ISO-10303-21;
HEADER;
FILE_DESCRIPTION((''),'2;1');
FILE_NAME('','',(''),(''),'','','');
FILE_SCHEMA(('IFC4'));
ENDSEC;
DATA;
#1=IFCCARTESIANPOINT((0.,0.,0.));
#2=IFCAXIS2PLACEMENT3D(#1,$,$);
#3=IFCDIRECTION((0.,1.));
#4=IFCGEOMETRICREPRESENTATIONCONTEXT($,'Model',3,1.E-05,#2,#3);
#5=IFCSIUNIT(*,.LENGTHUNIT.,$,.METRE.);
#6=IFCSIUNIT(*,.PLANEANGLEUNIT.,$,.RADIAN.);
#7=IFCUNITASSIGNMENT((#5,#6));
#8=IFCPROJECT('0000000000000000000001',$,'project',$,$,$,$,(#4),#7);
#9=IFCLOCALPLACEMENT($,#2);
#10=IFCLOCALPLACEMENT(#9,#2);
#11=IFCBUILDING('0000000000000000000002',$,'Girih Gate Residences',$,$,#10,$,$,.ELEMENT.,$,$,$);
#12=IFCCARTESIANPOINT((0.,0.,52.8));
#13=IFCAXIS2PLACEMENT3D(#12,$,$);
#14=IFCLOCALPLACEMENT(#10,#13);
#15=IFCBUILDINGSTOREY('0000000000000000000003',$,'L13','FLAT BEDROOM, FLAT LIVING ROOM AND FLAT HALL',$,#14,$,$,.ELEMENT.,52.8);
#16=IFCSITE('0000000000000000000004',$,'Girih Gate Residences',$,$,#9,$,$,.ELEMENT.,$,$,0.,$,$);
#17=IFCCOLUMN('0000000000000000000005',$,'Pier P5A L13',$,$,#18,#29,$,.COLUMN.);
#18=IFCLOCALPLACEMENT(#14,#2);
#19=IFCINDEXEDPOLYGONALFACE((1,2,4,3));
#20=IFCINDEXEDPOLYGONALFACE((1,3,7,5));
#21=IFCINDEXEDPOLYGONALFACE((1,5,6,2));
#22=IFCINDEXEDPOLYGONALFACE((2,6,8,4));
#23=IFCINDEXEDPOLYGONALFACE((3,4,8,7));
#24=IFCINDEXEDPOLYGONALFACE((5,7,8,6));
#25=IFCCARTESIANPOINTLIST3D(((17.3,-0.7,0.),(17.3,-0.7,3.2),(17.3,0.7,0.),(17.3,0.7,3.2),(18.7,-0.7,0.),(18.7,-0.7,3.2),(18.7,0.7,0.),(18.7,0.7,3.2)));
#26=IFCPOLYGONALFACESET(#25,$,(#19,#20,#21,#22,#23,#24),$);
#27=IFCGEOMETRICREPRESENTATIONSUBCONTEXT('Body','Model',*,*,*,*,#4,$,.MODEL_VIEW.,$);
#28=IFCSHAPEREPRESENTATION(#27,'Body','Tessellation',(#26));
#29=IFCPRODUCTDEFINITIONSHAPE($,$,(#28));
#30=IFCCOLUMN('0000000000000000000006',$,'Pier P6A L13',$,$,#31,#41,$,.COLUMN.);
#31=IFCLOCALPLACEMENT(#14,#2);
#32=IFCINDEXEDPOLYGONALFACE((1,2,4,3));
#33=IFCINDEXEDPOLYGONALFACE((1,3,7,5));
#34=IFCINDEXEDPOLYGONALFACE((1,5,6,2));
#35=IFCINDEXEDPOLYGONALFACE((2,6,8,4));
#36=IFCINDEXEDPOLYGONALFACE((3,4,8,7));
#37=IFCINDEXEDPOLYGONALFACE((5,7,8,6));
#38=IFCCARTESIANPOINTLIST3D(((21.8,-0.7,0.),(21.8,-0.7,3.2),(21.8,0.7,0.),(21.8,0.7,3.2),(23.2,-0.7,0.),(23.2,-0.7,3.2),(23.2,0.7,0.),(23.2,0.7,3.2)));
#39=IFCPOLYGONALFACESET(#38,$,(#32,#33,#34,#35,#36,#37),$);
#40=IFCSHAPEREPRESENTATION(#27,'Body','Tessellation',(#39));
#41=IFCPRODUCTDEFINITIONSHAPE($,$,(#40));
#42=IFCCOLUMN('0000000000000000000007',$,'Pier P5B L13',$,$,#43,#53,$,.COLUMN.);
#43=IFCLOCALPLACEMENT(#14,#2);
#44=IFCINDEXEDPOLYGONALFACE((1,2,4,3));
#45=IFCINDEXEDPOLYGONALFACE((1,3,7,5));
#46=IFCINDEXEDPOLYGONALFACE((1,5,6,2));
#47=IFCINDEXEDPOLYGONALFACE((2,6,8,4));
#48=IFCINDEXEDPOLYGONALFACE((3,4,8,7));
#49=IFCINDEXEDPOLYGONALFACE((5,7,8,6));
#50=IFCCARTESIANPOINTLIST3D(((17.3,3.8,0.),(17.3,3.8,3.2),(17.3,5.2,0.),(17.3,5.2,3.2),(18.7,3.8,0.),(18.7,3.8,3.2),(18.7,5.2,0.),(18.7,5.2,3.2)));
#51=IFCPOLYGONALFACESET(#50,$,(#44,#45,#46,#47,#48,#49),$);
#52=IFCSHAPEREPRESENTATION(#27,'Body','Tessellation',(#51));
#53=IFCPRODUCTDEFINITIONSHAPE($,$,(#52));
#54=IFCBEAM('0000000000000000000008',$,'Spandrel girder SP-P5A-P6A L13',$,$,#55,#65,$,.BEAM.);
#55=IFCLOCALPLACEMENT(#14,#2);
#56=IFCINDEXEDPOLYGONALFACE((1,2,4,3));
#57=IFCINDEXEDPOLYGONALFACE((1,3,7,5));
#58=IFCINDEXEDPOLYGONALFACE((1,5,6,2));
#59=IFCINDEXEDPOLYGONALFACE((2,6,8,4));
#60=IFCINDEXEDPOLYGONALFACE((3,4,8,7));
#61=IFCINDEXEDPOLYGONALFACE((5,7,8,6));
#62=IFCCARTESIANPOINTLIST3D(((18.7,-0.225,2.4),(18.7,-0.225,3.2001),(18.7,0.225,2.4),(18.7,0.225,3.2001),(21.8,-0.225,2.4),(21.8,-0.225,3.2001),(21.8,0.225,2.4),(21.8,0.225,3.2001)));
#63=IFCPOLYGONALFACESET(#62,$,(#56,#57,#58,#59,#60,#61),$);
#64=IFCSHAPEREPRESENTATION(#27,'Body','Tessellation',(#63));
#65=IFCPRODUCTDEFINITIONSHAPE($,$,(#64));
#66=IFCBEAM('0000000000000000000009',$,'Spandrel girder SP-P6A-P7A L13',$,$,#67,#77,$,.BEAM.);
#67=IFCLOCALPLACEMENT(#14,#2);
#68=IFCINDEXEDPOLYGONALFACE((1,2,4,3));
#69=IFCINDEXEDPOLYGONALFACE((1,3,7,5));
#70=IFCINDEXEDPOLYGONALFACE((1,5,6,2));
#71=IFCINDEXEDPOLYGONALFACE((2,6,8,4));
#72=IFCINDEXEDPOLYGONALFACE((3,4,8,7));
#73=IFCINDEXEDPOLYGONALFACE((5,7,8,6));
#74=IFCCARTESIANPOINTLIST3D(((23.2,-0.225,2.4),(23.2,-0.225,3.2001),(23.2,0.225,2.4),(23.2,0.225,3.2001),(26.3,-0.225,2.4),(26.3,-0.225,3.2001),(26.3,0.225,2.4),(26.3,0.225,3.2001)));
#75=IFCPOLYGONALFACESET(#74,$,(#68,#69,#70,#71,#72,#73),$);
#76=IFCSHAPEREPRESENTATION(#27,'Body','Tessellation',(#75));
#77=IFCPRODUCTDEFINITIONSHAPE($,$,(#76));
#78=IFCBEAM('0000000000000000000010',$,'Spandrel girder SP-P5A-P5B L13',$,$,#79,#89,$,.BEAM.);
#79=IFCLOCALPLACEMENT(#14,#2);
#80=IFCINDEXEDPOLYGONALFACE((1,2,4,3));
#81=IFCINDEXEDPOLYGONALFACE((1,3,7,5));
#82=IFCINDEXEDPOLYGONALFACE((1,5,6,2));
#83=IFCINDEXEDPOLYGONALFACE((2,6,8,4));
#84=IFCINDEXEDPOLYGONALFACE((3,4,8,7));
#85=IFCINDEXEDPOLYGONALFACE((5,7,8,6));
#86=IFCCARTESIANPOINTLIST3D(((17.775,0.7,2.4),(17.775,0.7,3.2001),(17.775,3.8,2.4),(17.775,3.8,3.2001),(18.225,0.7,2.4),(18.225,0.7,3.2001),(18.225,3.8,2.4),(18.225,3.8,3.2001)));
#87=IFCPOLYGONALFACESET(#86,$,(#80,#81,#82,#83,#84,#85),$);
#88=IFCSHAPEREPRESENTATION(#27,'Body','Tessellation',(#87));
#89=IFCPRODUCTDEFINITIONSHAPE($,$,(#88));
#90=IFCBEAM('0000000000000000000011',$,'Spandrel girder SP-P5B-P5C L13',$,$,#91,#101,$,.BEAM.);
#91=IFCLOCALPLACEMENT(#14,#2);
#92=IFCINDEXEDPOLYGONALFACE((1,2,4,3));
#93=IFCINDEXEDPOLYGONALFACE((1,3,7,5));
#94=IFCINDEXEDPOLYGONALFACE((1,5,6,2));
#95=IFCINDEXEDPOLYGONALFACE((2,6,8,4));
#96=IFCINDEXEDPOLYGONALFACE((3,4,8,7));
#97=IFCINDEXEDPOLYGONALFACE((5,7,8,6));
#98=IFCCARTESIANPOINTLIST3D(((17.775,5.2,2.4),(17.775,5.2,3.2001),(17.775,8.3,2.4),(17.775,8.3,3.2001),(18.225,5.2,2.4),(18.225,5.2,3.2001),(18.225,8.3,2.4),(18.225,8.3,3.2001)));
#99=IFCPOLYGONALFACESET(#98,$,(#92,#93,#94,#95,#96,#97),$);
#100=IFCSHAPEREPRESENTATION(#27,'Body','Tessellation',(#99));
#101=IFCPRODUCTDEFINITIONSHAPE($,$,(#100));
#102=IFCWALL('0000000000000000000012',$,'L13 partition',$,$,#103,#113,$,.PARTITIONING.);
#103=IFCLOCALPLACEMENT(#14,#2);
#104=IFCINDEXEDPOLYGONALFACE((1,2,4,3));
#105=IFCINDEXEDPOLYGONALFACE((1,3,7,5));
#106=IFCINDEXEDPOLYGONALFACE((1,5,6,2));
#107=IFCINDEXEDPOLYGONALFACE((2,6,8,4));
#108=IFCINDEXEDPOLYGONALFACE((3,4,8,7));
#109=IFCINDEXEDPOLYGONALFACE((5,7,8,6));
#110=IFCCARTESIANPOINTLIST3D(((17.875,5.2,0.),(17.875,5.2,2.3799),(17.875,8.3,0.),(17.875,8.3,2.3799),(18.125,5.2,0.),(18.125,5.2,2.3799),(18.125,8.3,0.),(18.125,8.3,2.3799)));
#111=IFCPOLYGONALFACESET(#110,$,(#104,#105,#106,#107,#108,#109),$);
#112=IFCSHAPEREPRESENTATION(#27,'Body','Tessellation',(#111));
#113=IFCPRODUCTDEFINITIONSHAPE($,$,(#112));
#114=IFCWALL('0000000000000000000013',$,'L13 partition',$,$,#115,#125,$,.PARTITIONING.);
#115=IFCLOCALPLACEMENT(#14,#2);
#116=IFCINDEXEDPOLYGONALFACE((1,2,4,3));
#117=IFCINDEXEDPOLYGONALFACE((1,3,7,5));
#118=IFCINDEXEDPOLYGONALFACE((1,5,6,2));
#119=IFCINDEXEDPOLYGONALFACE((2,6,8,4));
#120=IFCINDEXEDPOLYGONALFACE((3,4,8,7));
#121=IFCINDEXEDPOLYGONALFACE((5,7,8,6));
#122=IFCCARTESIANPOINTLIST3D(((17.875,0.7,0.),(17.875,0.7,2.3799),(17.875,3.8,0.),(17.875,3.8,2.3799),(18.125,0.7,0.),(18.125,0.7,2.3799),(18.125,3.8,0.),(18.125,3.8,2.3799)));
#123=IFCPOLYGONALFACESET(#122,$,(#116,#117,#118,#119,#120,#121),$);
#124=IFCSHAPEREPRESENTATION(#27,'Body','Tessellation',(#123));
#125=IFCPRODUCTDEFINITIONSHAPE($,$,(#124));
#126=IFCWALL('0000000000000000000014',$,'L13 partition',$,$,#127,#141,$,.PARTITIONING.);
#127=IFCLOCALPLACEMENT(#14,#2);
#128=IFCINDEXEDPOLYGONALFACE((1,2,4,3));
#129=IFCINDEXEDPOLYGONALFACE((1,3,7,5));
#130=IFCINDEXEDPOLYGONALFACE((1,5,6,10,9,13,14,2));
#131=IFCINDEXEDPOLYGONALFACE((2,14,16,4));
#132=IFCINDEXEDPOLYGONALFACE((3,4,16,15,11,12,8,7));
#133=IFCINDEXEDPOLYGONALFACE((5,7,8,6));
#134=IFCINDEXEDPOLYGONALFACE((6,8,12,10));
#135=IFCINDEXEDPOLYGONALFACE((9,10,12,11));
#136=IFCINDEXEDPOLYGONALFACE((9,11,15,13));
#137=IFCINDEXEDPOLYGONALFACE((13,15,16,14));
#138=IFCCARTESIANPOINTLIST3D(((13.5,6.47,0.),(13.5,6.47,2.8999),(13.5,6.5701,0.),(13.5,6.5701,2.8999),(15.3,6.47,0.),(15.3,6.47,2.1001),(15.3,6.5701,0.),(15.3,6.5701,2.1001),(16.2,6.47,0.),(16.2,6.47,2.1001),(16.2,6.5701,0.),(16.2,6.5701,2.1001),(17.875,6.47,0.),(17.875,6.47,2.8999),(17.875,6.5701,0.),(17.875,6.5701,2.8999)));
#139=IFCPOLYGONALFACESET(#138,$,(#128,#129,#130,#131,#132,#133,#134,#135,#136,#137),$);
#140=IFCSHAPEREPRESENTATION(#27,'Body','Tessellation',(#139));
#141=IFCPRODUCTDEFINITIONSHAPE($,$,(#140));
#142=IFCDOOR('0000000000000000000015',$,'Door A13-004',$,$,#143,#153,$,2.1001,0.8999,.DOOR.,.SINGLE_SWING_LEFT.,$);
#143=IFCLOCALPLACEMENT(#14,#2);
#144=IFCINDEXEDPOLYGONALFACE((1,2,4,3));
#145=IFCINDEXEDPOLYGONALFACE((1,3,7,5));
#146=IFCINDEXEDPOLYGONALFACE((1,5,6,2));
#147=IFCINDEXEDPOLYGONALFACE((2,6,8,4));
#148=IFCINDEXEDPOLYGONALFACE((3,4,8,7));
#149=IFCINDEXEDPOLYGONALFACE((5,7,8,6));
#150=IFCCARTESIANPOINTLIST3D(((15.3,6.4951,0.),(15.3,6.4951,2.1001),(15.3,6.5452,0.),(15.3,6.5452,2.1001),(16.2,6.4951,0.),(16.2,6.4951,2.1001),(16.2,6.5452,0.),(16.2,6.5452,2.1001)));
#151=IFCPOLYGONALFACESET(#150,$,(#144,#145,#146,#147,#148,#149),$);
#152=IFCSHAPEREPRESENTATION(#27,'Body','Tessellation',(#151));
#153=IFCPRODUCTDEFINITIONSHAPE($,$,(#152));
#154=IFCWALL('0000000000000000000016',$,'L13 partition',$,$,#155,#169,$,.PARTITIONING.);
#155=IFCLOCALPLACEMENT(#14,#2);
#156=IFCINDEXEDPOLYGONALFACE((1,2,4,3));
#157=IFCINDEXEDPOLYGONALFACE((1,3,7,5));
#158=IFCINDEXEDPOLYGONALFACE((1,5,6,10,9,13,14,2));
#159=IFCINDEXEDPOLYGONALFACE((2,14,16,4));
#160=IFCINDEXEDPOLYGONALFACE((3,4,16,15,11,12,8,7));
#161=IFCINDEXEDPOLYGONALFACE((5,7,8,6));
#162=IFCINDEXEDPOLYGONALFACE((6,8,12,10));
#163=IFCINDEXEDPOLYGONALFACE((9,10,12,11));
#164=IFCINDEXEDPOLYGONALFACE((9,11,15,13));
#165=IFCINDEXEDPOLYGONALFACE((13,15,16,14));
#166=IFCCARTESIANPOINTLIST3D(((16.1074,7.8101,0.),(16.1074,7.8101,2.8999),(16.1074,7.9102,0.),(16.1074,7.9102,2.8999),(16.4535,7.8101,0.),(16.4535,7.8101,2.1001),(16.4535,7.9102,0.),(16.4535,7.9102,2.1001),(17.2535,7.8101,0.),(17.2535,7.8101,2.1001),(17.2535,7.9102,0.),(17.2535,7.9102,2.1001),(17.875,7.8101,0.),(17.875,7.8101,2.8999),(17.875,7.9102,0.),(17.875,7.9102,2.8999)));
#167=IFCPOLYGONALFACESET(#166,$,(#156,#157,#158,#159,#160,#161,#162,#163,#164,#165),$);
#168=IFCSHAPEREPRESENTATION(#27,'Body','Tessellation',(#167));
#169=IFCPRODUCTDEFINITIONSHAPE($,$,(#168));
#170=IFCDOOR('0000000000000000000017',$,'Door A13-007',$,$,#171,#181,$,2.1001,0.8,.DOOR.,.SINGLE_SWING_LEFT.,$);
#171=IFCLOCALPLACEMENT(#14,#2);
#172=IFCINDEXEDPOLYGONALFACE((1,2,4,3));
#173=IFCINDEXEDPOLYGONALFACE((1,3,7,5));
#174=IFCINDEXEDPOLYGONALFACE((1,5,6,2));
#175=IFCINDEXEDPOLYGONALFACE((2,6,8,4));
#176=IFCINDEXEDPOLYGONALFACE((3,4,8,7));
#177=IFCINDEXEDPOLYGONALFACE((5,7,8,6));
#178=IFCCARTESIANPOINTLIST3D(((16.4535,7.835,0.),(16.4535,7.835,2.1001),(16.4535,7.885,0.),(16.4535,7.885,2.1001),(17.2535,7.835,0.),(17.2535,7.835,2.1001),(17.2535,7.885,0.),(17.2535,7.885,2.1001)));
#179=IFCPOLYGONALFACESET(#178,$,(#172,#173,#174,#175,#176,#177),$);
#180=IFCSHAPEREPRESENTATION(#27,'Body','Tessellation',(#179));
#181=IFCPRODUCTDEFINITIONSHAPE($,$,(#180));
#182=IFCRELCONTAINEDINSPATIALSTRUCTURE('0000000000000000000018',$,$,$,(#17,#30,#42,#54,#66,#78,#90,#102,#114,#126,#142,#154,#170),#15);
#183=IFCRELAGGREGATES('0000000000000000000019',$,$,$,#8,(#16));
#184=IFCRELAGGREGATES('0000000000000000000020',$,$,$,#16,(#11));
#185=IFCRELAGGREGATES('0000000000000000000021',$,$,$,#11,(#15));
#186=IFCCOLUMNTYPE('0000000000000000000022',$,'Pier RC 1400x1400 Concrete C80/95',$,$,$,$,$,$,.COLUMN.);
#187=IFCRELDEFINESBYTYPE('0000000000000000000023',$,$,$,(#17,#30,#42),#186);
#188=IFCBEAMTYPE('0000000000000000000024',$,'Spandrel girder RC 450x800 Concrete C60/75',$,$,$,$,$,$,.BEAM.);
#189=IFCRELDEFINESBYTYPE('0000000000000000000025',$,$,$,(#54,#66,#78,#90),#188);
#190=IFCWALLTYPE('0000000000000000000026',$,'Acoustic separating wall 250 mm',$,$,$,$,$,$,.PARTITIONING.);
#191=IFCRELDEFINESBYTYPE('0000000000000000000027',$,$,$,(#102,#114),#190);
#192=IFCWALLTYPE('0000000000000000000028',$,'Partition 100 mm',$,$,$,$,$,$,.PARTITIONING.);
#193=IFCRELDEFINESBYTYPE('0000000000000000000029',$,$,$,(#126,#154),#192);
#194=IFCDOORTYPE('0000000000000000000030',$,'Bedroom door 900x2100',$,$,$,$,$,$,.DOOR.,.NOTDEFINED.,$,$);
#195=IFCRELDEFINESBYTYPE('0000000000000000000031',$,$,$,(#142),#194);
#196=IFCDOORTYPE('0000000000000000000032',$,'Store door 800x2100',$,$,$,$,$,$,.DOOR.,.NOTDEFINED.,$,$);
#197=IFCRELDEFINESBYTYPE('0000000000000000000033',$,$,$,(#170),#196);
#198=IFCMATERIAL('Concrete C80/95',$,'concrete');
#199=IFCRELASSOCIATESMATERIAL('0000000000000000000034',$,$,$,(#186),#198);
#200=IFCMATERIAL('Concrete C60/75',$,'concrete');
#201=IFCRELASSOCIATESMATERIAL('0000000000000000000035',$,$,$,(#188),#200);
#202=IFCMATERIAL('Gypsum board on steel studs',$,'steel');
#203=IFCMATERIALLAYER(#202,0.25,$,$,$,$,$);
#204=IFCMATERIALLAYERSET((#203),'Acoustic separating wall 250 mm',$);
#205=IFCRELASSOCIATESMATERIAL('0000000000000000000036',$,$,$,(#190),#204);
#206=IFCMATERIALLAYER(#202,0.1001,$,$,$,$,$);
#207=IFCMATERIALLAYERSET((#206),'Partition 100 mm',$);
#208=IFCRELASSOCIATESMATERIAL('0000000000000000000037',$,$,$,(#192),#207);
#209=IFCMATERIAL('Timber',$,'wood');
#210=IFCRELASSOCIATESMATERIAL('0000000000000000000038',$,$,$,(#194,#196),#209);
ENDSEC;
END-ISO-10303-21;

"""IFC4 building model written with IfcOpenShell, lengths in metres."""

from ifc_helpers import new_model, si_unit, direction, frame, frame_2d, origin, origin_2d, place, context, subcontext, project, spatial, rectangle, extrude, material, layer, layer_set, material_profile, profile_set, type_object, element, fill, save


model = new_model("IFC4")

# Units and contexts
model_context = context("Model", 3, precision=1e-05, world=origin(), true_north=direction((0.0, 1.0)))
body_context = subcontext(model_context, "Body", "Model", "MODEL_VIEW")
ifc_project = project(units=[si_unit("LENGTHUNIT", "METRE"), si_unit("PLANEANGLEUNIT", "RADIAN")], contexts=[model_context])

# Site, building, storey
site_placement = place(None, origin())
site = spatial("IfcSite", under=ifc_project, at=site_placement, Name="Girih Gate Residences", CompositionType="ELEMENT", RefElevation=0.0)
building_placement = place(site_placement, origin())
building = spatial("IfcBuilding", under=site, at=building_placement, Name="Girih Gate Residences", CompositionType="ELEMENT")
storey_placement = place(building_placement, frame((0.0, 0.0, 52.8)))
storey = spatial("IfcBuildingStorey", under=building, at=storey_placement, Name="L13", Description="FLAT BEDROOM, FLAT LIVING ROOM AND FLAT HALL", CompositionType="ELEMENT", Elevation=52.8)

# Columns
ifc_material_1 = material(Name="Concrete C80/95", Category="concrete")
ifc_material_profile_1 = material_profile(ifc_material_1, rectangle(XDim=1.3999, YDim=1.3999, at=origin_2d()))
ifc_profile_set_1 = profile_set([ifc_material_profile_1], Name="Concrete C80/95")
column_type = type_object("IfcColumnType", Name="Pier RC 1400x1400 Concrete C80/95", PredefinedType="COLUMN", material=ifc_profile_set_1)
for number, where, z_axis, x_axis, name in (
    (1, (18.0, 0.0, 0.0), (0.0, 0.0, 1.0), (1.0, 0.0, 0.0), "Pier P5A L13"),
    (2, (22.5, 0.0, 0.0), (0.0, 0.0, 1.0), (1.0, 0.0, 0.0), "Pier P6A L13"),
    (3, (18.0, 4.5, 0.0), (0.0, 0.0, 1.0), (1.0, 0.0, 0.0), "Pier P5B L13"),
):
    element("IfcColumn", number, at=place(storey_placement, frame(where, z_axis=z_axis, x_axis=x_axis)), inside=storey, type_object=column_type, Name=name, PredefinedType="COLUMN", context=body_context, shape_type="SweptSolid", body=[
        extrude(rectangle(XDim=1.3999, YDim=1.3999, at=origin_2d()), origin(), (0.0, 0.0, 1.0), 3.2),
    ])

# Beams
ifc_material_2 = material(Name="Concrete C60/75", Category="concrete")
ifc_material_profile_2 = material_profile(ifc_material_2, rectangle(XDim=0.45, YDim=0.8, at=origin_2d()))
ifc_profile_set_2 = profile_set([ifc_material_profile_2], Name="Concrete C60/75")
beam_type = type_object("IfcBeamType", Name="Spandrel girder RC 450x800 Concrete C60/75", PredefinedType="BEAM", material=ifc_profile_set_2)
for number, where, z_axis, x_axis, name in (
    (4, (18.7, 0.0, 2.8), (1.0, 0.0, 0.0), (0.0, 1.0, 0.0), "Spandrel girder SP-P5A-P6A L13"),
    (5, (23.2, 0.0, 2.8), (1.0, 0.0, 0.0), (0.0, 1.0, 0.0), "Spandrel girder SP-P6A-P7A L13"),
    (6, (18.0, 0.7, 2.8), (0.0, 1.0, 0.0), (-1.0, 0.0, 0.0), "Spandrel girder SP-P5A-P5B L13"),
    (7, (18.0, 5.2, 2.8), (0.0, 1.0, 0.0), (-1.0, 0.0, 0.0), "Spandrel girder SP-P5B-P5C L13"),
):
    element("IfcBeam", number, at=place(storey_placement, frame(where, z_axis=z_axis, x_axis=x_axis)), inside=storey, type_object=beam_type, Name=name, PredefinedType="BEAM", context=body_context, shape_type="SweptSolid", body=[
        extrude(rectangle(XDim=0.45, YDim=0.8, at=origin_2d()), origin(), (0.0, 0.0, 1.0), 3.1001),
    ])

# Walls
ifc_material_3 = material(Name="Gypsum board on steel studs", Category="steel")
ifc_layer_1 = layer(ifc_material_3, 0.25)
ifc_layer_set_1 = layer_set([ifc_layer_1], Name="Acoustic separating wall 250 mm")
wall_type_1 = type_object("IfcWallType", Name="Acoustic separating wall 250 mm", PredefinedType="PARTITIONING", material=ifc_layer_set_1)
for number, where, z_axis, x_axis, name in (
    (8, (18.0, 5.2, 0.0), (0.0, 0.0, 1.0), (0.0, 1.0, 0.0), "L13 partition"),
    (9, (18.0, 0.7, 0.0), (0.0, 0.0, 1.0), (0.0, 1.0, 0.0), "L13 partition"),
):
    element("IfcWall", number, at=place(storey_placement, frame(where, z_axis=z_axis, x_axis=x_axis)), inside=storey, type_object=wall_type_1, Name=name, PredefinedType="PARTITIONING", context=body_context, shape_type="SweptSolid", body=[
        extrude(rectangle(XDim=3.1001, YDim=0.25, at=frame_2d((1.55, 0.0))), origin(), (0.0, 0.0, 1.0), 2.3799),
    ])

# Walls, openings, doors
ifc_layer_2 = layer(ifc_material_3, 0.1001)
ifc_layer_set_2 = layer_set([ifc_layer_2], Name="Partition 100 mm")
wall_type_2 = type_object("IfcWallType", Name="Partition 100 mm", PredefinedType="PARTITIONING", material=ifc_layer_set_2)
wall_1_placement = place(storey_placement, frame((17.875, 6.52, 0.0), z_axis=(0.0, 0.0, 1.0), x_axis=(-1.0, 0.0, 0.0)))
wall_1 = element("IfcWall", 10, at=wall_1_placement, inside=storey, type_object=wall_type_2, Name="L13 partition", PredefinedType="PARTITIONING", context=body_context, shape_type="SweptSolid", body=[
    extrude(rectangle(XDim=4.375, YDim=0.1001, at=frame_2d((2.1875, 0.0))), origin(), (0.0, 0.0, 1.0), 2.8999),
])
opening_1_placement = place(wall_1_placement, frame((1.675, 0.0, 0.0)))
opening_1 = element("IfcOpeningElement", 11, at=opening_1_placement, cuts=wall_1, PredefinedType="OPENING", context=body_context, shape_type="SweptSolid", body=[
    extrude(rectangle(XDim=0.8999, YDim=2.1001, at=frame_2d((0.45, 1.05))), frame((0.0, 0.0601, 0.0), z_axis=(0.0, -1.0, 0.0), x_axis=(1.0, 0.0, 0.0)), (0.0, 0.0, 1.0), 0.1201),
])
ifc_material_4 = material(Name="Timber", Category="wood")
door_type_1 = type_object("IfcDoorType", Name="Bedroom door 900x2100", OperationType="NOTDEFINED", PredefinedType="DOOR", material=ifc_material_4)
door_1_placement = place(opening_1_placement, origin())
door_1 = element("IfcDoor", 12, at=door_1_placement, inside=storey, type_object=door_type_1, Name="Door A13-004", OperationType="SINGLE_SWING_LEFT", OverallHeight=2.1001, OverallWidth=0.8999, PredefinedType="DOOR", context=body_context, shape_type="SweptSolid", body=[
    extrude(rectangle(XDim=0.8999, YDim=2.1001, at=frame_2d((0.45, 1.05))), frame((0.0, 0.0249, 0.0), z_axis=(0.0, -1.0, 0.0), x_axis=(1.0, 0.0, 0.0)), (0.0, 0.0, 1.0), 0.05),
])
fill(opening_1, door_1)
wall_2_placement = place(storey_placement, frame((16.1074, 7.8601, 0.0), z_axis=(0.0, 0.0, 1.0), x_axis=(1.0, 0.0, 0.0)))
wall_2 = element("IfcWall", 13, at=wall_2_placement, inside=storey, type_object=wall_type_2, Name="L13 partition", PredefinedType="PARTITIONING", context=body_context, shape_type="SweptSolid", body=[
    extrude(rectangle(XDim=1.7676, YDim=0.1001, at=frame_2d((0.8838, 0.0))), origin(), (0.0, 0.0, 1.0), 2.8999),
])
opening_2_placement = place(wall_2_placement, frame((0.3462, 0.0, 0.0)))
opening_2 = element("IfcOpeningElement", 14, at=opening_2_placement, cuts=wall_2, PredefinedType="OPENING", context=body_context, shape_type="SweptSolid", body=[
    extrude(rectangle(XDim=0.8, YDim=2.1001, at=frame_2d((0.3999, 1.05))), frame((0.0, 0.0601, 0.0), z_axis=(0.0, -1.0, 0.0), x_axis=(1.0, 0.0, 0.0)), (0.0, 0.0, 1.0), 0.1201),
])
door_type_2 = type_object("IfcDoorType", Name="Store door 800x2100", OperationType="NOTDEFINED", PredefinedType="DOOR", material=ifc_material_4)
door_2_placement = place(opening_2_placement, origin())
door_2 = element("IfcDoor", 15, at=door_2_placement, inside=storey, type_object=door_type_2, Name="Door A13-007", OperationType="SINGLE_SWING_LEFT", OverallHeight=2.1001, OverallWidth=0.8, PredefinedType="DOOR", context=body_context, shape_type="SweptSolid", body=[
    extrude(rectangle(XDim=0.8, YDim=2.1001, at=frame_2d((0.3999, 1.05))), frame((0.0, 0.0249, 0.0), z_axis=(0.0, -1.0, 0.0), x_axis=(1.0, 0.0, 0.0)), (0.0, 0.0, 1.0), 0.05),
])
fill(opening_2, door_2)

save(model, "model.ifc")
